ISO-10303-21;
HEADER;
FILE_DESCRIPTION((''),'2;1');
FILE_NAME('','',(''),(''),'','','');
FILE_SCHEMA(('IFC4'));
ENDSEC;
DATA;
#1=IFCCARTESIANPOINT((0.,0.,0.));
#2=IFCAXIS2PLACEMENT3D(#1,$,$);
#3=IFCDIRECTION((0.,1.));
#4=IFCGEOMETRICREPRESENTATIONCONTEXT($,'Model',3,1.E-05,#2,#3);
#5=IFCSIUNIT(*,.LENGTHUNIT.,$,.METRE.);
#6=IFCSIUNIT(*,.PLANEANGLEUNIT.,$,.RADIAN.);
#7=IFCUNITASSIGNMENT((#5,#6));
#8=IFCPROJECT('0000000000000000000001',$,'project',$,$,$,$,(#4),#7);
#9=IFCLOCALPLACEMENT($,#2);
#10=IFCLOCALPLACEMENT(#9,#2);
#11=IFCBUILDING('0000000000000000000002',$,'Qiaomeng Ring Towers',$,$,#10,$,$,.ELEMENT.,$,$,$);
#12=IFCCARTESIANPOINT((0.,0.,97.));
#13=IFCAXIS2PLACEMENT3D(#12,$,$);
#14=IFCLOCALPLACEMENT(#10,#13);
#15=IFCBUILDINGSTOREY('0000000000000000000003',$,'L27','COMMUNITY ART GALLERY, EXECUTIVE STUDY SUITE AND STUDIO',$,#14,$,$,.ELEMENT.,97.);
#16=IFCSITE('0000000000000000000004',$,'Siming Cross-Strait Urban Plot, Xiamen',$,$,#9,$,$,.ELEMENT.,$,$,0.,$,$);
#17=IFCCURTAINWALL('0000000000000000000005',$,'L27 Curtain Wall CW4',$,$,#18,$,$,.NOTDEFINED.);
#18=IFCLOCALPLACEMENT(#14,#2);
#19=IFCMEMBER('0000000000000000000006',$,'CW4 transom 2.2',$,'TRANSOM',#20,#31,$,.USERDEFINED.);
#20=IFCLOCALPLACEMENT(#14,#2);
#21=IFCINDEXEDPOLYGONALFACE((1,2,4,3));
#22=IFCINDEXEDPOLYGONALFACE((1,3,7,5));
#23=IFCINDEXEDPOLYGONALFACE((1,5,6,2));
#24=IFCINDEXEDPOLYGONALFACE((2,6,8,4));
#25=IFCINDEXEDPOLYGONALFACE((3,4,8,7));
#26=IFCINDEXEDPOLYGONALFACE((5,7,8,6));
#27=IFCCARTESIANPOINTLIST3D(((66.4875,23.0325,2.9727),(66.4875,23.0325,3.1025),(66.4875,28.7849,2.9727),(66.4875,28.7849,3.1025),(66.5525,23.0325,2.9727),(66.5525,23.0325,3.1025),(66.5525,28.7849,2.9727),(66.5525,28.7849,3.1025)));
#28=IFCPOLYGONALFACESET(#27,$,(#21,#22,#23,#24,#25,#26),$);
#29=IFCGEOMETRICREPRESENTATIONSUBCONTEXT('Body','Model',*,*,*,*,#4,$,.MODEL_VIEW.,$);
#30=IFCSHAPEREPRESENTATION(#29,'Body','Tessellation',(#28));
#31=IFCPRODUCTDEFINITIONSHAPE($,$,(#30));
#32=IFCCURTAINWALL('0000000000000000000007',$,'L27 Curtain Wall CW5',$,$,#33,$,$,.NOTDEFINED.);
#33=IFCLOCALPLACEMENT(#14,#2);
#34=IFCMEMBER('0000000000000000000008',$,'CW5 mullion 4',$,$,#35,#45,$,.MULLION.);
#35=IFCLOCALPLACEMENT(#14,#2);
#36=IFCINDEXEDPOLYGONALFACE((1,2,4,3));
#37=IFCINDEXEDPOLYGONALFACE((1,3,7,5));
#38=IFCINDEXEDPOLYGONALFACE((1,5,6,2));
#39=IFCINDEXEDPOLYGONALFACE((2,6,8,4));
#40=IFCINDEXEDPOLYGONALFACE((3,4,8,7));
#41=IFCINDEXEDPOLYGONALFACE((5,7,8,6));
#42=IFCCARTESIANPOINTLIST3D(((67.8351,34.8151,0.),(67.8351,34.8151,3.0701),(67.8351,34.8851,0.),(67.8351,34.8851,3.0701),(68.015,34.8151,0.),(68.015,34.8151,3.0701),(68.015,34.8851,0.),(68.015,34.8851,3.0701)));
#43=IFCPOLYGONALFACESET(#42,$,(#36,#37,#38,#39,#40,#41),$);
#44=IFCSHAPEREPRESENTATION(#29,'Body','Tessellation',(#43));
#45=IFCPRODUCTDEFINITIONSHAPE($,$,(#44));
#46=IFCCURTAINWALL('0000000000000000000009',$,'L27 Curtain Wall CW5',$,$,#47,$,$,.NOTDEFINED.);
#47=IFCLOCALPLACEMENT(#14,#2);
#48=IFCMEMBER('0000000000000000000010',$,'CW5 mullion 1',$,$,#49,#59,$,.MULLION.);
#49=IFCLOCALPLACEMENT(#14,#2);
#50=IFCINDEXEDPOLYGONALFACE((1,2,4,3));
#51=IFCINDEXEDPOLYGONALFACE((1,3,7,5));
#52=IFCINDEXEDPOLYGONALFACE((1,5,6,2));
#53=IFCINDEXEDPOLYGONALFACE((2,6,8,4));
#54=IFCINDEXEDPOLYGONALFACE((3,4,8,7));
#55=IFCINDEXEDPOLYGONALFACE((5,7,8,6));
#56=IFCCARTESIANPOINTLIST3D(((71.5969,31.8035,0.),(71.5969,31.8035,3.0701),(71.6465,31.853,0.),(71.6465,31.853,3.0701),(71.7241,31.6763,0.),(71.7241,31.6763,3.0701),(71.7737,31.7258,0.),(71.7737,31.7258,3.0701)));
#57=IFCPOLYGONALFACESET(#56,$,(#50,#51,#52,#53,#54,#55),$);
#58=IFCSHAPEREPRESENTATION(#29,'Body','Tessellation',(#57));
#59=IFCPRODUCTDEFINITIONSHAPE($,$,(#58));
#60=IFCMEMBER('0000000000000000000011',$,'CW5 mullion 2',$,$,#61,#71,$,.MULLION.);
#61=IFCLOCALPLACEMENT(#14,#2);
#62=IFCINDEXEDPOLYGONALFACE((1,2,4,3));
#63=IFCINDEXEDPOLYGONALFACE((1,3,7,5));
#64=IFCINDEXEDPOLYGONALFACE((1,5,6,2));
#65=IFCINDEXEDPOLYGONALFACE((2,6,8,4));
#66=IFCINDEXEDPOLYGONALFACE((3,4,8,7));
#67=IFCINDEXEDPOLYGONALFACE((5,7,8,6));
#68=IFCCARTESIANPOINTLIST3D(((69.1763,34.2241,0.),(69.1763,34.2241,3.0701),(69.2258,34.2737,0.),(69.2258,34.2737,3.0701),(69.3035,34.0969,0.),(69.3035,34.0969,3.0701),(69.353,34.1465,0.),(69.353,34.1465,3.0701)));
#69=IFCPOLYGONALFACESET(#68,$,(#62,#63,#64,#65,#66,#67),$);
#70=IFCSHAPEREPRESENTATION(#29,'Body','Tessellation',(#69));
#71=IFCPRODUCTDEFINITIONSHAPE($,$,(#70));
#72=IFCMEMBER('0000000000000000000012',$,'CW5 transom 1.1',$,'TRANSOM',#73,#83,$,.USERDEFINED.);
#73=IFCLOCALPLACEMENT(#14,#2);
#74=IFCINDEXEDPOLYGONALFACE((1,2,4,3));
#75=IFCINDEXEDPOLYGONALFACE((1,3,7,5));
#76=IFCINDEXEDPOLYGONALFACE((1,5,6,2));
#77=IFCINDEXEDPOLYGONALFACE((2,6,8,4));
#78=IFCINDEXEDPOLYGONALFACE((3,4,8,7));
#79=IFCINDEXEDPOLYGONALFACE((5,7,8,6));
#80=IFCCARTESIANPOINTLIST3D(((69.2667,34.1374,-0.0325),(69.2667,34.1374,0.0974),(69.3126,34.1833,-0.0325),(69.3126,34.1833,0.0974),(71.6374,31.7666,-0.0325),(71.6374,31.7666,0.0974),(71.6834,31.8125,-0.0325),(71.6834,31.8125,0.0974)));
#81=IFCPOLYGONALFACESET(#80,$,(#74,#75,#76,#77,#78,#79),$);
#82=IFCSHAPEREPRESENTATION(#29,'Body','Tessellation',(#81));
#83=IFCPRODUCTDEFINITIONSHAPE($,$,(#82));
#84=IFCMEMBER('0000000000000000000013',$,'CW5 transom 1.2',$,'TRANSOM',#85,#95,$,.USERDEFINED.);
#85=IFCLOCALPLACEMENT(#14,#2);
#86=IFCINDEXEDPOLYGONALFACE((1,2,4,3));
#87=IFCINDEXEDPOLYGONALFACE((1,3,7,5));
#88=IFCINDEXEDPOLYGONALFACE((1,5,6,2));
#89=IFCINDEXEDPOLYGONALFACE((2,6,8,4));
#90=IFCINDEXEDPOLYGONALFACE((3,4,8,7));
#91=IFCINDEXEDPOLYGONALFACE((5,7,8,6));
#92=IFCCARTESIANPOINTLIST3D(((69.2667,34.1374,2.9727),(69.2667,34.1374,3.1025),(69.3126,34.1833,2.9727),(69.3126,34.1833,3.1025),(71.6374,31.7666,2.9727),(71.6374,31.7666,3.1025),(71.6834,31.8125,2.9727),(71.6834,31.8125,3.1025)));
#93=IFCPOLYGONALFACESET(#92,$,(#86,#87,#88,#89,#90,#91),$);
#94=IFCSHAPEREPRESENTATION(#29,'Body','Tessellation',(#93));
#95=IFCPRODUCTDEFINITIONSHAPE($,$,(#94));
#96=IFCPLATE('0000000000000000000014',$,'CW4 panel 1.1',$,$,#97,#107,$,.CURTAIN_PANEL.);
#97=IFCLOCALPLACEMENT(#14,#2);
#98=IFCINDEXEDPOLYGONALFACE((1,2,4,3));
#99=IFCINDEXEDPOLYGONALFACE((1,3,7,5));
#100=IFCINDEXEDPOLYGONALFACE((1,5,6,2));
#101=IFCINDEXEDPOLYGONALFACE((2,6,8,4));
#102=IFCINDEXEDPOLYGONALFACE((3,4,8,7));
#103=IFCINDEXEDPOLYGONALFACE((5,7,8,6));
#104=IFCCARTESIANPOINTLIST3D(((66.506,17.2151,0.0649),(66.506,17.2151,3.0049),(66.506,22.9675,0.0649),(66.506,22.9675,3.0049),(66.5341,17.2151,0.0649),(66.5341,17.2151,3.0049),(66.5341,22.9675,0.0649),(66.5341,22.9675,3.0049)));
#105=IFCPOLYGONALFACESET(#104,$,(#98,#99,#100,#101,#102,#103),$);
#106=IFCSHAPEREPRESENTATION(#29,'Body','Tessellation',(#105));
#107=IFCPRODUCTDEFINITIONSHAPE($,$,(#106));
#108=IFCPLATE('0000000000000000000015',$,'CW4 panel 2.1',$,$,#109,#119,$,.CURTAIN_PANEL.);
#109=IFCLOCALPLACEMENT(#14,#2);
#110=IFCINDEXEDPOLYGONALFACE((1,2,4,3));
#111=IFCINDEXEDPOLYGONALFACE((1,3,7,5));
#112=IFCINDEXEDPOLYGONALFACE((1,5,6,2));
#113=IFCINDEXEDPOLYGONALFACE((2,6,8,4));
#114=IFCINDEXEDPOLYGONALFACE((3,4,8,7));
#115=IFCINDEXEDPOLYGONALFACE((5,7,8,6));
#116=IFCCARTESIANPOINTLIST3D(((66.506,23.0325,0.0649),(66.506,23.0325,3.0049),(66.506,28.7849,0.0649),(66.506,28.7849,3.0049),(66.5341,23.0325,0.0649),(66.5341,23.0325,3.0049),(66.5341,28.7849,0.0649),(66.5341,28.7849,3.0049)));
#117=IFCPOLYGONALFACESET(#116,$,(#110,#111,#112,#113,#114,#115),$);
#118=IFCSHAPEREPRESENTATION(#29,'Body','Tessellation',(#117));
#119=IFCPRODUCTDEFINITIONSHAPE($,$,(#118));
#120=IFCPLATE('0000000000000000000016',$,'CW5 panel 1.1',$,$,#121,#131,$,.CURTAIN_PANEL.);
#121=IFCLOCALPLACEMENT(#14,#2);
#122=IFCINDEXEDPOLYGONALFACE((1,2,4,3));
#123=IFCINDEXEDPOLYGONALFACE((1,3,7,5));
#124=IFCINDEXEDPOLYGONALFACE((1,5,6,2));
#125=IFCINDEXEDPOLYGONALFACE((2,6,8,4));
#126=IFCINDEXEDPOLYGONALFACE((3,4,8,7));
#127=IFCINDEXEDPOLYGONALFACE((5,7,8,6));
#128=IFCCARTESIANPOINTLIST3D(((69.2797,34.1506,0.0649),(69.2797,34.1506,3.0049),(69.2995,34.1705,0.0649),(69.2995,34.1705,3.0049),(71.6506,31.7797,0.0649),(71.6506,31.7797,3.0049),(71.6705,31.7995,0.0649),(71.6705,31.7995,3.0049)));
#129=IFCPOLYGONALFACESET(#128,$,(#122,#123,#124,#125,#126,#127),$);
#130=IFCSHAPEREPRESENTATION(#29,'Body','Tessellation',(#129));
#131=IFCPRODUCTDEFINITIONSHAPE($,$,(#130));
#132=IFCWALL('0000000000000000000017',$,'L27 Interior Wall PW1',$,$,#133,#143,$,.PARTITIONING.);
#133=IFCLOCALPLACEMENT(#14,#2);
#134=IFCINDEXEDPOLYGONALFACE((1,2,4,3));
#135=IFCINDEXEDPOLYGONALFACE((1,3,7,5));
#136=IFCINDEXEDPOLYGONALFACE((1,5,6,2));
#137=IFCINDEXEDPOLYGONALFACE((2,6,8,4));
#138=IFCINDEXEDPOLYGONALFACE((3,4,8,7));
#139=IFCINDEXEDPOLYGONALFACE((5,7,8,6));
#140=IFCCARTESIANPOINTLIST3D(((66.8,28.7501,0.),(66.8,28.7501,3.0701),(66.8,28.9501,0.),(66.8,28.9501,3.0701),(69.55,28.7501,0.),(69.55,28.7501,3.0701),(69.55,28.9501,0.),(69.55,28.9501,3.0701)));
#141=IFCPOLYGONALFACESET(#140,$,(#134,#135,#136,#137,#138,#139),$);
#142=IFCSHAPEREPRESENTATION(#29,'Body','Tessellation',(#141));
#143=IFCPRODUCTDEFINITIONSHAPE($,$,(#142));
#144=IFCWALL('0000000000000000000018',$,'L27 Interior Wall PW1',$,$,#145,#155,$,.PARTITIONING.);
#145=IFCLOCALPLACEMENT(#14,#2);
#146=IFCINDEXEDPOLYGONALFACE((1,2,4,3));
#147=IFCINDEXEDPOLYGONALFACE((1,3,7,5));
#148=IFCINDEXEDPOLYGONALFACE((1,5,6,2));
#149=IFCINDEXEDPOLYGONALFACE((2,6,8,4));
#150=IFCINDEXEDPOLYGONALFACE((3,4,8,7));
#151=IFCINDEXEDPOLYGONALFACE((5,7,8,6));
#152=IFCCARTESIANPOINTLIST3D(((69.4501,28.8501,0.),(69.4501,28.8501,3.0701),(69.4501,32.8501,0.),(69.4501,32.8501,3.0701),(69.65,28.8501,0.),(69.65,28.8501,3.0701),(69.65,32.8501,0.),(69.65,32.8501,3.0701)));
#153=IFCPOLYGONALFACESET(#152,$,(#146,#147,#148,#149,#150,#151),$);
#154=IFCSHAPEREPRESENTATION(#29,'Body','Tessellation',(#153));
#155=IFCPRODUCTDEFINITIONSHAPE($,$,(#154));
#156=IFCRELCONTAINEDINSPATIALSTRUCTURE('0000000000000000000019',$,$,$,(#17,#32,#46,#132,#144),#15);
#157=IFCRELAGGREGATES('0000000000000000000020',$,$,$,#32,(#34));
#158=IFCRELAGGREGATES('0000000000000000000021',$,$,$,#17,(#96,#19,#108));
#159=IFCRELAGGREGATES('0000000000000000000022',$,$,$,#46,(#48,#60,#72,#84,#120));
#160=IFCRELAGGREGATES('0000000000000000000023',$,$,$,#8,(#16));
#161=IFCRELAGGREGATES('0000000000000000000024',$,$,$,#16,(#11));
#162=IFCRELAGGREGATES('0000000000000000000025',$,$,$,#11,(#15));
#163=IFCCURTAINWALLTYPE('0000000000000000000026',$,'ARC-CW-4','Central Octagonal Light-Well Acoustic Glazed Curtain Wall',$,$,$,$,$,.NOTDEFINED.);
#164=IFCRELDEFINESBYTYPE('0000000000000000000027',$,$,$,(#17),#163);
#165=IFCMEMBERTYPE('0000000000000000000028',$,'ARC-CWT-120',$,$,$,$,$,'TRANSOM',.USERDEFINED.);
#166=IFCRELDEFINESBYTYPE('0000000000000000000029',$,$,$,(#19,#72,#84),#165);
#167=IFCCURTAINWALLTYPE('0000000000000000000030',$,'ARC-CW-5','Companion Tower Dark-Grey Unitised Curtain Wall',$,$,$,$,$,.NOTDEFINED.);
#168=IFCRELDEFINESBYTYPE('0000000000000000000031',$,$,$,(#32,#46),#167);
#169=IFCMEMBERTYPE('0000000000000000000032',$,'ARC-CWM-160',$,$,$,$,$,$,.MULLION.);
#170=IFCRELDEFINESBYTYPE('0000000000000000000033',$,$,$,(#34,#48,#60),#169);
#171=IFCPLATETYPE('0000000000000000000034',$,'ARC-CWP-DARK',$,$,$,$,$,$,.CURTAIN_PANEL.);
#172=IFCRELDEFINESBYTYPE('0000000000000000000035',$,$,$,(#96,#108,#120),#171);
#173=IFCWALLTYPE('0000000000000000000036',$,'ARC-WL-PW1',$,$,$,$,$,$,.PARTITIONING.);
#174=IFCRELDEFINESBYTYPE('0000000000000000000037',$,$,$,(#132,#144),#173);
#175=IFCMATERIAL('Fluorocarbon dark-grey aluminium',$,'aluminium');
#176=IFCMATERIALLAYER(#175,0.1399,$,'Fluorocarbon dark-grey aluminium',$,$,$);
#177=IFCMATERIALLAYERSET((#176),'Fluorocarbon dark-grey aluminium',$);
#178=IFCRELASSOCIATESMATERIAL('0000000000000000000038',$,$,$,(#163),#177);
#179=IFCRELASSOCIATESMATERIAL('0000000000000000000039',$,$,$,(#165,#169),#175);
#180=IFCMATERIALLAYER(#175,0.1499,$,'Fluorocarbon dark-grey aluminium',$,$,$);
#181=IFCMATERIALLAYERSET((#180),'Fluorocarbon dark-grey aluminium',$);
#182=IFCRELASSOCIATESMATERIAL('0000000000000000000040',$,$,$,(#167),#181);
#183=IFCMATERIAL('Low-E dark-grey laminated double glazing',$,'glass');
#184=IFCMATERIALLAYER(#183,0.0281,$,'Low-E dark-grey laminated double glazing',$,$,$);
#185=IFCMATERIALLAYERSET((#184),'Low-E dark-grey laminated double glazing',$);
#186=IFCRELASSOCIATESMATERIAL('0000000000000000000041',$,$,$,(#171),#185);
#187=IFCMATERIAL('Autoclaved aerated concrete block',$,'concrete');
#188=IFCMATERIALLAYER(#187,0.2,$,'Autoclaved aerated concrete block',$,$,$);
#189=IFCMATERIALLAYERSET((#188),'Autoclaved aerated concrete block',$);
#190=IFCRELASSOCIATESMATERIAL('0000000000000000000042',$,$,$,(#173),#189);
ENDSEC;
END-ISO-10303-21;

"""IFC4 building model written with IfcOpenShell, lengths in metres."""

from ifc_helpers import new_model, si_unit, direction, frame, frame_2d, origin, origin_2d, place, context, subcontext, project, spatial, rectangle, extrude, source, transform, mapped, material, layer, layer_set, material_profile, profile_set, type_object, element, aggregate, save


model = new_model("IFC4")

# Units and contexts
model_context = context("Model", 3, precision=1e-05, world=origin(), true_north=direction((0.0, 1.0)))
body_context = subcontext(model_context, "Body", "Model", "MODEL_VIEW")
ifc_project = project(units=[si_unit("LENGTHUNIT", "METRE"), si_unit("PLANEANGLEUNIT", "RADIAN")], contexts=[model_context])

# Site, building, storey
site_placement = place(None, origin())
site = spatial("IfcSite", under=ifc_project, at=site_placement, Name="Siming Cross-Strait Urban Plot, Xiamen", CompositionType="ELEMENT", RefElevation=0.0)
building_placement = place(site_placement, origin())
building = spatial("IfcBuilding", under=site, at=building_placement, Name="Qiaomeng Ring Towers", CompositionType="ELEMENT")
storey_placement = place(building_placement, frame((0.0, 0.0, 97.0)))
storey = spatial("IfcBuildingStorey", under=building, at=storey_placement, Name="L27", Description="COMMUNITY ART GALLERY, EXECUTIVE STUDY SUITE AND STUDIO", CompositionType="ELEMENT", Elevation=97.0)

# Curtain wall, member
ifc_material_1 = material(Name="Fluorocarbon dark-grey aluminium", Category="aluminium")
ifc_layer_1 = layer(ifc_material_1, 0.1399, Name="Fluorocarbon dark-grey aluminium")
ifc_layer_set_1 = layer_set([ifc_layer_1], Name="Fluorocarbon dark-grey aluminium")
curtain_wall_type_1 = type_object("IfcCurtainWallType", Name="ARC-CW-4", Description="Central Octagonal Light-Well Acoustic Glazed Curtain Wall", PredefinedType="NOTDEFINED", material=ifc_layer_set_1)
curtain_wall_1_placement = place(storey_placement, origin())
curtain_wall_1 = element("IfcCurtainWall", 1, at=curtain_wall_1_placement, inside=storey, type_object=curtain_wall_type_1, Name="L27 Curtain Wall CW4", PredefinedType="NOTDEFINED")
ifc_material_profile_1 = material_profile(ifc_material_1, rectangle(XDim=0.0649, YDim=0.1299, at=origin_2d()), Name="ALU TRAN 65x130")
ifc_profile_set_1 = profile_set([ifc_material_profile_1], Name="Fluorocarbon dark-grey aluminium")
member_type_1 = type_object("IfcMemberType", Name="ARC-CWT-120", ElementType="TRANSOM", PredefinedType="USERDEFINED", material=ifc_profile_set_1)
shared_shape_1 = source(origin(), body_context, "Body", "SweptSolid", [
    extrude(rectangle(XDim=0.0649, YDim=0.1299, at=origin_2d()), origin(), (0.0, 0.0, 1.0), 5.7524),
])
member_1_placement = place(storey_placement, frame((66.52, 23.0325, 3.0376), z_axis=(0.0, 1.0, 0.0), x_axis=(-1.0, 0.0, 0.0)))
member_1 = element("IfcMember", 2, at=member_1_placement, type_object=member_type_1, Name="CW4 transom 2.2", ObjectType="TRANSOM", PredefinedType="USERDEFINED", context=body_context, shape_type="MappedRepresentation", body=[
    mapped(shared_shape_1, transform((0.0, 0.0, 0.0), x_axis=(1.0, 0.0, 0.0), y_axis=(0.0, 1.0, 0.0), z_axis=(0.0, 0.0, 1.0), scale=1.0)),
])

# Curtain wall, member
ifc_layer_2 = layer(ifc_material_1, 0.1499, Name="Fluorocarbon dark-grey aluminium")
ifc_layer_set_2 = layer_set([ifc_layer_2], Name="Fluorocarbon dark-grey aluminium")
curtain_wall_type_2 = type_object("IfcCurtainWallType", Name="ARC-CW-5", Description="Companion Tower Dark-Grey Unitised Curtain Wall", PredefinedType="NOTDEFINED", material=ifc_layer_set_2)
curtain_wall_2_placement = place(storey_placement, origin())
curtain_wall_2 = element("IfcCurtainWall", 3, at=curtain_wall_2_placement, inside=storey, type_object=curtain_wall_type_2, Name="L27 Curtain Wall CW5", PredefinedType="NOTDEFINED")
ifc_material_profile_2 = material_profile(ifc_material_1, rectangle(XDim=0.0701, YDim=0.1799, at=origin_2d()), Name="ALU MULL 70x180")
ifc_profile_set_2 = profile_set([ifc_material_profile_2], Name="Fluorocarbon dark-grey aluminium")
member_type_2 = type_object("IfcMemberType", Name="ARC-CWM-160", PredefinedType="MULLION", material=ifc_profile_set_2)
shared_shape_2 = source(origin(), body_context, "Body", "SweptSolid", [
    extrude(rectangle(XDim=0.0701, YDim=0.1799, at=origin_2d()), origin(), (0.0, 0.0, 1.0), 3.0701),
])
member_2_placement = place(storey_placement, frame((67.925, 34.8501, 0.0), z_axis=(0.0, 0.0, 1.0), x_axis=(0.0, 1.0, 0.0)))
member_2 = element("IfcMember", 4, at=member_2_placement, type_object=member_type_2, Name="CW5 mullion 4", PredefinedType="MULLION", context=body_context, shape_type="MappedRepresentation", body=[
    mapped(shared_shape_2, transform((0.0, 0.0, 0.0), x_axis=(1.0, 0.0, 0.0), y_axis=(0.0, 1.0, 0.0), z_axis=(0.0, 0.0, 1.0), scale=1.0)),
])
aggregate(curtain_wall_2, [member_2])

# Curtain wall, members
curtain_wall_3_placement = place(storey_placement, origin())
curtain_wall_3 = element("IfcCurtainWall", 5, at=curtain_wall_3_placement, inside=storey, type_object=curtain_wall_type_2, Name="L27 Curtain Wall CW5", PredefinedType="NOTDEFINED")
member_3_placement = place(storey_placement, frame((71.6853, 31.7646, 0.0), z_axis=(0.0, 0.0, 1.0), x_axis=(-0.707107, -0.707107, 0.0)))
member_3 = element("IfcMember", 6, at=member_3_placement, type_object=member_type_2, Name="CW5 mullion 1", PredefinedType="MULLION", context=body_context, shape_type="MappedRepresentation", body=[
    mapped(shared_shape_2, transform((0.0, 0.0, 0.0), x_axis=(1.0, 0.0, 0.0), y_axis=(0.0, 1.0, 0.0), z_axis=(0.0, 0.0, 1.0), scale=1.0)),
])
member_4_placement = place(storey_placement, frame((69.2646, 34.1853, 0.0), z_axis=(0.0, 0.0, 1.0), x_axis=(-0.707107, -0.707107, 0.0)))
member_4 = element("IfcMember", 7, at=member_4_placement, type_object=member_type_2, Name="CW5 mullion 2", PredefinedType="MULLION", context=body_context, shape_type="MappedRepresentation", body=[
    mapped(shared_shape_2, transform((0.0, 0.0, 0.0), x_axis=(1.0, 0.0, 0.0), y_axis=(0.0, 1.0, 0.0), z_axis=(0.0, 0.0, 1.0), scale=1.0)),
])
shared_shape_3 = source(origin(), body_context, "Body", "SweptSolid", [
    extrude(rectangle(XDim=0.0649, YDim=0.1299, at=origin_2d()), origin(), (0.0, 0.0, 1.0), 3.3528),
])
member_5_placement = place(storey_placement, frame((71.6604, 31.7896, 0.0325), z_axis=(-0.707107, 0.707107, 0.0), x_axis=(-0.707107, -0.707107, 0.0)))
member_5 = element("IfcMember", 8, at=member_5_placement, type_object=member_type_1, Name="CW5 transom 1.1", ObjectType="TRANSOM", PredefinedType="USERDEFINED", context=body_context, shape_type="MappedRepresentation", body=[
    mapped(shared_shape_3, transform((0.0, 0.0, 0.0), x_axis=(1.0, 0.0, 0.0), y_axis=(0.0, 1.0, 0.0), z_axis=(0.0, 0.0, 1.0), scale=1.0)),
])
member_6_placement = place(storey_placement, frame((71.6604, 31.7896, 3.0376), z_axis=(-0.707107, 0.707107, 0.0), x_axis=(-0.707107, -0.707107, 0.0)))
member_6 = element("IfcMember", 9, at=member_6_placement, type_object=member_type_1, Name="CW5 transom 1.2", ObjectType="TRANSOM", PredefinedType="USERDEFINED", context=body_context, shape_type="MappedRepresentation", body=[
    mapped(shared_shape_3, transform((0.0, 0.0, 0.0), x_axis=(1.0, 0.0, 0.0), y_axis=(0.0, 1.0, 0.0), z_axis=(0.0, 0.0, 1.0), scale=1.0)),
])

# Plates
ifc_material_2 = material(Name="Low-E dark-grey laminated double glazing", Category="glass")
ifc_layer_3 = layer(ifc_material_2, 0.0281, Name="Low-E dark-grey laminated double glazing")
ifc_layer_set_3 = layer_set([ifc_layer_3], Name="Low-E dark-grey laminated double glazing")
plate_type = type_object("IfcPlateType", Name="ARC-CWP-DARK", PredefinedType="CURTAIN_PANEL", material=ifc_layer_set_3)
shared_shape_4 = source(origin(), body_context, "Body", "SweptSolid", [
    extrude(rectangle(XDim=5.7524, YDim=0.0281, at=origin_2d()), origin(), (0.0, 0.0, 1.0), 2.9399),
])
plate_1_placement = place(storey_placement, frame((66.52, 20.0913, 0.0649), z_axis=(0.0, 0.0, 1.0), x_axis=(0.0, 1.0, 0.0)))
plate_1 = element("IfcPlate", 10, at=plate_1_placement, type_object=plate_type, Name="CW4 panel 1.1", PredefinedType="CURTAIN_PANEL", context=body_context, shape_type="MappedRepresentation", body=[
    mapped(shared_shape_4, transform((0.0, 0.0, 0.0), x_axis=(1.0, 0.0, 0.0), y_axis=(0.0, 1.0, 0.0), z_axis=(0.0, 0.0, 1.0), scale=1.0)),
])
plate_2_placement = place(storey_placement, frame((66.52, 25.9087, 0.0649), z_axis=(0.0, 0.0, 1.0), x_axis=(0.0, 1.0, 0.0)))
plate_2 = element("IfcPlate", 11, at=plate_2_placement, type_object=plate_type, Name="CW4 panel 2.1", PredefinedType="CURTAIN_PANEL", context=body_context, shape_type="MappedRepresentation", body=[
    mapped(shared_shape_4, transform((0.0, 0.0, 0.0), x_axis=(1.0, 0.0, 0.0), y_axis=(0.0, 1.0, 0.0), z_axis=(0.0, 0.0, 1.0), scale=1.0)),
])
aggregate(curtain_wall_1, [plate_1, member_1, plate_2])
shared_shape_5 = source(origin(), body_context, "Body", "SweptSolid", [
    extrude(rectangle(XDim=3.353, YDim=0.0281, at=origin_2d()), origin(), (0.0, 0.0, 1.0), 2.9399),
])
plate_3_placement = place(storey_placement, frame((70.4751, 32.9751, 0.0649), z_axis=(0.0, 0.0, 1.0), x_axis=(-0.707107, 0.707107, 0.0)))
plate_3 = element("IfcPlate", 12, at=plate_3_placement, type_object=plate_type, Name="CW5 panel 1.1", PredefinedType="CURTAIN_PANEL", context=body_context, shape_type="MappedRepresentation", body=[
    mapped(shared_shape_5, transform((0.0, 0.0, 0.0), x_axis=(1.0, 0.0, 0.0), y_axis=(0.0, 1.0, 0.0), z_axis=(0.0, 0.0, 1.0), scale=1.0)),
])
aggregate(curtain_wall_3, [member_3, member_4, member_5, member_6, plate_3])

# Walls
ifc_material_3 = material(Name="Autoclaved aerated concrete block", Category="concrete")
ifc_layer_4 = layer(ifc_material_3, 0.2, Name="Autoclaved aerated concrete block")
ifc_layer_set_4 = layer_set([ifc_layer_4], Name="Autoclaved aerated concrete block")
wall_type_1 = type_object("IfcWallType", Name="ARC-WL-PW1", PredefinedType="PARTITIONING", material=ifc_layer_set_4)
wall_1_placement = place(storey_placement, frame((66.8, 28.8501, 0.0), z_axis=(0.0, 0.0, 1.0), x_axis=(1.0, 0.0, 0.0)))
element("IfcWall", 13, at=wall_1_placement, inside=storey, type_object=wall_type_1, Name="L27 Interior Wall PW1", PredefinedType="PARTITIONING", context=body_context, shape_type="SweptSolid", body=[
    extrude(rectangle(XDim=2.75, YDim=0.2, at=frame_2d((1.375, 0.0))), origin(), (0.0, 0.0, 1.0), 3.0701),
])
wall_2_placement = place(storey_placement, frame((69.55, 28.8501, 0.0), z_axis=(0.0, 0.0, 1.0), x_axis=(0.0, 1.0, 0.0)))
element("IfcWall", 14, at=wall_2_placement, inside=storey, type_object=wall_type_1, Name="L27 Interior Wall PW1", PredefinedType="PARTITIONING", context=body_context, shape_type="SweptSolid", body=[
    extrude(rectangle(XDim=4.0, YDim=0.2, at=frame_2d((2.0, 0.0))), origin(), (0.0, 0.0, 1.0), 3.0701),
])

save(model, "model.ifc")
